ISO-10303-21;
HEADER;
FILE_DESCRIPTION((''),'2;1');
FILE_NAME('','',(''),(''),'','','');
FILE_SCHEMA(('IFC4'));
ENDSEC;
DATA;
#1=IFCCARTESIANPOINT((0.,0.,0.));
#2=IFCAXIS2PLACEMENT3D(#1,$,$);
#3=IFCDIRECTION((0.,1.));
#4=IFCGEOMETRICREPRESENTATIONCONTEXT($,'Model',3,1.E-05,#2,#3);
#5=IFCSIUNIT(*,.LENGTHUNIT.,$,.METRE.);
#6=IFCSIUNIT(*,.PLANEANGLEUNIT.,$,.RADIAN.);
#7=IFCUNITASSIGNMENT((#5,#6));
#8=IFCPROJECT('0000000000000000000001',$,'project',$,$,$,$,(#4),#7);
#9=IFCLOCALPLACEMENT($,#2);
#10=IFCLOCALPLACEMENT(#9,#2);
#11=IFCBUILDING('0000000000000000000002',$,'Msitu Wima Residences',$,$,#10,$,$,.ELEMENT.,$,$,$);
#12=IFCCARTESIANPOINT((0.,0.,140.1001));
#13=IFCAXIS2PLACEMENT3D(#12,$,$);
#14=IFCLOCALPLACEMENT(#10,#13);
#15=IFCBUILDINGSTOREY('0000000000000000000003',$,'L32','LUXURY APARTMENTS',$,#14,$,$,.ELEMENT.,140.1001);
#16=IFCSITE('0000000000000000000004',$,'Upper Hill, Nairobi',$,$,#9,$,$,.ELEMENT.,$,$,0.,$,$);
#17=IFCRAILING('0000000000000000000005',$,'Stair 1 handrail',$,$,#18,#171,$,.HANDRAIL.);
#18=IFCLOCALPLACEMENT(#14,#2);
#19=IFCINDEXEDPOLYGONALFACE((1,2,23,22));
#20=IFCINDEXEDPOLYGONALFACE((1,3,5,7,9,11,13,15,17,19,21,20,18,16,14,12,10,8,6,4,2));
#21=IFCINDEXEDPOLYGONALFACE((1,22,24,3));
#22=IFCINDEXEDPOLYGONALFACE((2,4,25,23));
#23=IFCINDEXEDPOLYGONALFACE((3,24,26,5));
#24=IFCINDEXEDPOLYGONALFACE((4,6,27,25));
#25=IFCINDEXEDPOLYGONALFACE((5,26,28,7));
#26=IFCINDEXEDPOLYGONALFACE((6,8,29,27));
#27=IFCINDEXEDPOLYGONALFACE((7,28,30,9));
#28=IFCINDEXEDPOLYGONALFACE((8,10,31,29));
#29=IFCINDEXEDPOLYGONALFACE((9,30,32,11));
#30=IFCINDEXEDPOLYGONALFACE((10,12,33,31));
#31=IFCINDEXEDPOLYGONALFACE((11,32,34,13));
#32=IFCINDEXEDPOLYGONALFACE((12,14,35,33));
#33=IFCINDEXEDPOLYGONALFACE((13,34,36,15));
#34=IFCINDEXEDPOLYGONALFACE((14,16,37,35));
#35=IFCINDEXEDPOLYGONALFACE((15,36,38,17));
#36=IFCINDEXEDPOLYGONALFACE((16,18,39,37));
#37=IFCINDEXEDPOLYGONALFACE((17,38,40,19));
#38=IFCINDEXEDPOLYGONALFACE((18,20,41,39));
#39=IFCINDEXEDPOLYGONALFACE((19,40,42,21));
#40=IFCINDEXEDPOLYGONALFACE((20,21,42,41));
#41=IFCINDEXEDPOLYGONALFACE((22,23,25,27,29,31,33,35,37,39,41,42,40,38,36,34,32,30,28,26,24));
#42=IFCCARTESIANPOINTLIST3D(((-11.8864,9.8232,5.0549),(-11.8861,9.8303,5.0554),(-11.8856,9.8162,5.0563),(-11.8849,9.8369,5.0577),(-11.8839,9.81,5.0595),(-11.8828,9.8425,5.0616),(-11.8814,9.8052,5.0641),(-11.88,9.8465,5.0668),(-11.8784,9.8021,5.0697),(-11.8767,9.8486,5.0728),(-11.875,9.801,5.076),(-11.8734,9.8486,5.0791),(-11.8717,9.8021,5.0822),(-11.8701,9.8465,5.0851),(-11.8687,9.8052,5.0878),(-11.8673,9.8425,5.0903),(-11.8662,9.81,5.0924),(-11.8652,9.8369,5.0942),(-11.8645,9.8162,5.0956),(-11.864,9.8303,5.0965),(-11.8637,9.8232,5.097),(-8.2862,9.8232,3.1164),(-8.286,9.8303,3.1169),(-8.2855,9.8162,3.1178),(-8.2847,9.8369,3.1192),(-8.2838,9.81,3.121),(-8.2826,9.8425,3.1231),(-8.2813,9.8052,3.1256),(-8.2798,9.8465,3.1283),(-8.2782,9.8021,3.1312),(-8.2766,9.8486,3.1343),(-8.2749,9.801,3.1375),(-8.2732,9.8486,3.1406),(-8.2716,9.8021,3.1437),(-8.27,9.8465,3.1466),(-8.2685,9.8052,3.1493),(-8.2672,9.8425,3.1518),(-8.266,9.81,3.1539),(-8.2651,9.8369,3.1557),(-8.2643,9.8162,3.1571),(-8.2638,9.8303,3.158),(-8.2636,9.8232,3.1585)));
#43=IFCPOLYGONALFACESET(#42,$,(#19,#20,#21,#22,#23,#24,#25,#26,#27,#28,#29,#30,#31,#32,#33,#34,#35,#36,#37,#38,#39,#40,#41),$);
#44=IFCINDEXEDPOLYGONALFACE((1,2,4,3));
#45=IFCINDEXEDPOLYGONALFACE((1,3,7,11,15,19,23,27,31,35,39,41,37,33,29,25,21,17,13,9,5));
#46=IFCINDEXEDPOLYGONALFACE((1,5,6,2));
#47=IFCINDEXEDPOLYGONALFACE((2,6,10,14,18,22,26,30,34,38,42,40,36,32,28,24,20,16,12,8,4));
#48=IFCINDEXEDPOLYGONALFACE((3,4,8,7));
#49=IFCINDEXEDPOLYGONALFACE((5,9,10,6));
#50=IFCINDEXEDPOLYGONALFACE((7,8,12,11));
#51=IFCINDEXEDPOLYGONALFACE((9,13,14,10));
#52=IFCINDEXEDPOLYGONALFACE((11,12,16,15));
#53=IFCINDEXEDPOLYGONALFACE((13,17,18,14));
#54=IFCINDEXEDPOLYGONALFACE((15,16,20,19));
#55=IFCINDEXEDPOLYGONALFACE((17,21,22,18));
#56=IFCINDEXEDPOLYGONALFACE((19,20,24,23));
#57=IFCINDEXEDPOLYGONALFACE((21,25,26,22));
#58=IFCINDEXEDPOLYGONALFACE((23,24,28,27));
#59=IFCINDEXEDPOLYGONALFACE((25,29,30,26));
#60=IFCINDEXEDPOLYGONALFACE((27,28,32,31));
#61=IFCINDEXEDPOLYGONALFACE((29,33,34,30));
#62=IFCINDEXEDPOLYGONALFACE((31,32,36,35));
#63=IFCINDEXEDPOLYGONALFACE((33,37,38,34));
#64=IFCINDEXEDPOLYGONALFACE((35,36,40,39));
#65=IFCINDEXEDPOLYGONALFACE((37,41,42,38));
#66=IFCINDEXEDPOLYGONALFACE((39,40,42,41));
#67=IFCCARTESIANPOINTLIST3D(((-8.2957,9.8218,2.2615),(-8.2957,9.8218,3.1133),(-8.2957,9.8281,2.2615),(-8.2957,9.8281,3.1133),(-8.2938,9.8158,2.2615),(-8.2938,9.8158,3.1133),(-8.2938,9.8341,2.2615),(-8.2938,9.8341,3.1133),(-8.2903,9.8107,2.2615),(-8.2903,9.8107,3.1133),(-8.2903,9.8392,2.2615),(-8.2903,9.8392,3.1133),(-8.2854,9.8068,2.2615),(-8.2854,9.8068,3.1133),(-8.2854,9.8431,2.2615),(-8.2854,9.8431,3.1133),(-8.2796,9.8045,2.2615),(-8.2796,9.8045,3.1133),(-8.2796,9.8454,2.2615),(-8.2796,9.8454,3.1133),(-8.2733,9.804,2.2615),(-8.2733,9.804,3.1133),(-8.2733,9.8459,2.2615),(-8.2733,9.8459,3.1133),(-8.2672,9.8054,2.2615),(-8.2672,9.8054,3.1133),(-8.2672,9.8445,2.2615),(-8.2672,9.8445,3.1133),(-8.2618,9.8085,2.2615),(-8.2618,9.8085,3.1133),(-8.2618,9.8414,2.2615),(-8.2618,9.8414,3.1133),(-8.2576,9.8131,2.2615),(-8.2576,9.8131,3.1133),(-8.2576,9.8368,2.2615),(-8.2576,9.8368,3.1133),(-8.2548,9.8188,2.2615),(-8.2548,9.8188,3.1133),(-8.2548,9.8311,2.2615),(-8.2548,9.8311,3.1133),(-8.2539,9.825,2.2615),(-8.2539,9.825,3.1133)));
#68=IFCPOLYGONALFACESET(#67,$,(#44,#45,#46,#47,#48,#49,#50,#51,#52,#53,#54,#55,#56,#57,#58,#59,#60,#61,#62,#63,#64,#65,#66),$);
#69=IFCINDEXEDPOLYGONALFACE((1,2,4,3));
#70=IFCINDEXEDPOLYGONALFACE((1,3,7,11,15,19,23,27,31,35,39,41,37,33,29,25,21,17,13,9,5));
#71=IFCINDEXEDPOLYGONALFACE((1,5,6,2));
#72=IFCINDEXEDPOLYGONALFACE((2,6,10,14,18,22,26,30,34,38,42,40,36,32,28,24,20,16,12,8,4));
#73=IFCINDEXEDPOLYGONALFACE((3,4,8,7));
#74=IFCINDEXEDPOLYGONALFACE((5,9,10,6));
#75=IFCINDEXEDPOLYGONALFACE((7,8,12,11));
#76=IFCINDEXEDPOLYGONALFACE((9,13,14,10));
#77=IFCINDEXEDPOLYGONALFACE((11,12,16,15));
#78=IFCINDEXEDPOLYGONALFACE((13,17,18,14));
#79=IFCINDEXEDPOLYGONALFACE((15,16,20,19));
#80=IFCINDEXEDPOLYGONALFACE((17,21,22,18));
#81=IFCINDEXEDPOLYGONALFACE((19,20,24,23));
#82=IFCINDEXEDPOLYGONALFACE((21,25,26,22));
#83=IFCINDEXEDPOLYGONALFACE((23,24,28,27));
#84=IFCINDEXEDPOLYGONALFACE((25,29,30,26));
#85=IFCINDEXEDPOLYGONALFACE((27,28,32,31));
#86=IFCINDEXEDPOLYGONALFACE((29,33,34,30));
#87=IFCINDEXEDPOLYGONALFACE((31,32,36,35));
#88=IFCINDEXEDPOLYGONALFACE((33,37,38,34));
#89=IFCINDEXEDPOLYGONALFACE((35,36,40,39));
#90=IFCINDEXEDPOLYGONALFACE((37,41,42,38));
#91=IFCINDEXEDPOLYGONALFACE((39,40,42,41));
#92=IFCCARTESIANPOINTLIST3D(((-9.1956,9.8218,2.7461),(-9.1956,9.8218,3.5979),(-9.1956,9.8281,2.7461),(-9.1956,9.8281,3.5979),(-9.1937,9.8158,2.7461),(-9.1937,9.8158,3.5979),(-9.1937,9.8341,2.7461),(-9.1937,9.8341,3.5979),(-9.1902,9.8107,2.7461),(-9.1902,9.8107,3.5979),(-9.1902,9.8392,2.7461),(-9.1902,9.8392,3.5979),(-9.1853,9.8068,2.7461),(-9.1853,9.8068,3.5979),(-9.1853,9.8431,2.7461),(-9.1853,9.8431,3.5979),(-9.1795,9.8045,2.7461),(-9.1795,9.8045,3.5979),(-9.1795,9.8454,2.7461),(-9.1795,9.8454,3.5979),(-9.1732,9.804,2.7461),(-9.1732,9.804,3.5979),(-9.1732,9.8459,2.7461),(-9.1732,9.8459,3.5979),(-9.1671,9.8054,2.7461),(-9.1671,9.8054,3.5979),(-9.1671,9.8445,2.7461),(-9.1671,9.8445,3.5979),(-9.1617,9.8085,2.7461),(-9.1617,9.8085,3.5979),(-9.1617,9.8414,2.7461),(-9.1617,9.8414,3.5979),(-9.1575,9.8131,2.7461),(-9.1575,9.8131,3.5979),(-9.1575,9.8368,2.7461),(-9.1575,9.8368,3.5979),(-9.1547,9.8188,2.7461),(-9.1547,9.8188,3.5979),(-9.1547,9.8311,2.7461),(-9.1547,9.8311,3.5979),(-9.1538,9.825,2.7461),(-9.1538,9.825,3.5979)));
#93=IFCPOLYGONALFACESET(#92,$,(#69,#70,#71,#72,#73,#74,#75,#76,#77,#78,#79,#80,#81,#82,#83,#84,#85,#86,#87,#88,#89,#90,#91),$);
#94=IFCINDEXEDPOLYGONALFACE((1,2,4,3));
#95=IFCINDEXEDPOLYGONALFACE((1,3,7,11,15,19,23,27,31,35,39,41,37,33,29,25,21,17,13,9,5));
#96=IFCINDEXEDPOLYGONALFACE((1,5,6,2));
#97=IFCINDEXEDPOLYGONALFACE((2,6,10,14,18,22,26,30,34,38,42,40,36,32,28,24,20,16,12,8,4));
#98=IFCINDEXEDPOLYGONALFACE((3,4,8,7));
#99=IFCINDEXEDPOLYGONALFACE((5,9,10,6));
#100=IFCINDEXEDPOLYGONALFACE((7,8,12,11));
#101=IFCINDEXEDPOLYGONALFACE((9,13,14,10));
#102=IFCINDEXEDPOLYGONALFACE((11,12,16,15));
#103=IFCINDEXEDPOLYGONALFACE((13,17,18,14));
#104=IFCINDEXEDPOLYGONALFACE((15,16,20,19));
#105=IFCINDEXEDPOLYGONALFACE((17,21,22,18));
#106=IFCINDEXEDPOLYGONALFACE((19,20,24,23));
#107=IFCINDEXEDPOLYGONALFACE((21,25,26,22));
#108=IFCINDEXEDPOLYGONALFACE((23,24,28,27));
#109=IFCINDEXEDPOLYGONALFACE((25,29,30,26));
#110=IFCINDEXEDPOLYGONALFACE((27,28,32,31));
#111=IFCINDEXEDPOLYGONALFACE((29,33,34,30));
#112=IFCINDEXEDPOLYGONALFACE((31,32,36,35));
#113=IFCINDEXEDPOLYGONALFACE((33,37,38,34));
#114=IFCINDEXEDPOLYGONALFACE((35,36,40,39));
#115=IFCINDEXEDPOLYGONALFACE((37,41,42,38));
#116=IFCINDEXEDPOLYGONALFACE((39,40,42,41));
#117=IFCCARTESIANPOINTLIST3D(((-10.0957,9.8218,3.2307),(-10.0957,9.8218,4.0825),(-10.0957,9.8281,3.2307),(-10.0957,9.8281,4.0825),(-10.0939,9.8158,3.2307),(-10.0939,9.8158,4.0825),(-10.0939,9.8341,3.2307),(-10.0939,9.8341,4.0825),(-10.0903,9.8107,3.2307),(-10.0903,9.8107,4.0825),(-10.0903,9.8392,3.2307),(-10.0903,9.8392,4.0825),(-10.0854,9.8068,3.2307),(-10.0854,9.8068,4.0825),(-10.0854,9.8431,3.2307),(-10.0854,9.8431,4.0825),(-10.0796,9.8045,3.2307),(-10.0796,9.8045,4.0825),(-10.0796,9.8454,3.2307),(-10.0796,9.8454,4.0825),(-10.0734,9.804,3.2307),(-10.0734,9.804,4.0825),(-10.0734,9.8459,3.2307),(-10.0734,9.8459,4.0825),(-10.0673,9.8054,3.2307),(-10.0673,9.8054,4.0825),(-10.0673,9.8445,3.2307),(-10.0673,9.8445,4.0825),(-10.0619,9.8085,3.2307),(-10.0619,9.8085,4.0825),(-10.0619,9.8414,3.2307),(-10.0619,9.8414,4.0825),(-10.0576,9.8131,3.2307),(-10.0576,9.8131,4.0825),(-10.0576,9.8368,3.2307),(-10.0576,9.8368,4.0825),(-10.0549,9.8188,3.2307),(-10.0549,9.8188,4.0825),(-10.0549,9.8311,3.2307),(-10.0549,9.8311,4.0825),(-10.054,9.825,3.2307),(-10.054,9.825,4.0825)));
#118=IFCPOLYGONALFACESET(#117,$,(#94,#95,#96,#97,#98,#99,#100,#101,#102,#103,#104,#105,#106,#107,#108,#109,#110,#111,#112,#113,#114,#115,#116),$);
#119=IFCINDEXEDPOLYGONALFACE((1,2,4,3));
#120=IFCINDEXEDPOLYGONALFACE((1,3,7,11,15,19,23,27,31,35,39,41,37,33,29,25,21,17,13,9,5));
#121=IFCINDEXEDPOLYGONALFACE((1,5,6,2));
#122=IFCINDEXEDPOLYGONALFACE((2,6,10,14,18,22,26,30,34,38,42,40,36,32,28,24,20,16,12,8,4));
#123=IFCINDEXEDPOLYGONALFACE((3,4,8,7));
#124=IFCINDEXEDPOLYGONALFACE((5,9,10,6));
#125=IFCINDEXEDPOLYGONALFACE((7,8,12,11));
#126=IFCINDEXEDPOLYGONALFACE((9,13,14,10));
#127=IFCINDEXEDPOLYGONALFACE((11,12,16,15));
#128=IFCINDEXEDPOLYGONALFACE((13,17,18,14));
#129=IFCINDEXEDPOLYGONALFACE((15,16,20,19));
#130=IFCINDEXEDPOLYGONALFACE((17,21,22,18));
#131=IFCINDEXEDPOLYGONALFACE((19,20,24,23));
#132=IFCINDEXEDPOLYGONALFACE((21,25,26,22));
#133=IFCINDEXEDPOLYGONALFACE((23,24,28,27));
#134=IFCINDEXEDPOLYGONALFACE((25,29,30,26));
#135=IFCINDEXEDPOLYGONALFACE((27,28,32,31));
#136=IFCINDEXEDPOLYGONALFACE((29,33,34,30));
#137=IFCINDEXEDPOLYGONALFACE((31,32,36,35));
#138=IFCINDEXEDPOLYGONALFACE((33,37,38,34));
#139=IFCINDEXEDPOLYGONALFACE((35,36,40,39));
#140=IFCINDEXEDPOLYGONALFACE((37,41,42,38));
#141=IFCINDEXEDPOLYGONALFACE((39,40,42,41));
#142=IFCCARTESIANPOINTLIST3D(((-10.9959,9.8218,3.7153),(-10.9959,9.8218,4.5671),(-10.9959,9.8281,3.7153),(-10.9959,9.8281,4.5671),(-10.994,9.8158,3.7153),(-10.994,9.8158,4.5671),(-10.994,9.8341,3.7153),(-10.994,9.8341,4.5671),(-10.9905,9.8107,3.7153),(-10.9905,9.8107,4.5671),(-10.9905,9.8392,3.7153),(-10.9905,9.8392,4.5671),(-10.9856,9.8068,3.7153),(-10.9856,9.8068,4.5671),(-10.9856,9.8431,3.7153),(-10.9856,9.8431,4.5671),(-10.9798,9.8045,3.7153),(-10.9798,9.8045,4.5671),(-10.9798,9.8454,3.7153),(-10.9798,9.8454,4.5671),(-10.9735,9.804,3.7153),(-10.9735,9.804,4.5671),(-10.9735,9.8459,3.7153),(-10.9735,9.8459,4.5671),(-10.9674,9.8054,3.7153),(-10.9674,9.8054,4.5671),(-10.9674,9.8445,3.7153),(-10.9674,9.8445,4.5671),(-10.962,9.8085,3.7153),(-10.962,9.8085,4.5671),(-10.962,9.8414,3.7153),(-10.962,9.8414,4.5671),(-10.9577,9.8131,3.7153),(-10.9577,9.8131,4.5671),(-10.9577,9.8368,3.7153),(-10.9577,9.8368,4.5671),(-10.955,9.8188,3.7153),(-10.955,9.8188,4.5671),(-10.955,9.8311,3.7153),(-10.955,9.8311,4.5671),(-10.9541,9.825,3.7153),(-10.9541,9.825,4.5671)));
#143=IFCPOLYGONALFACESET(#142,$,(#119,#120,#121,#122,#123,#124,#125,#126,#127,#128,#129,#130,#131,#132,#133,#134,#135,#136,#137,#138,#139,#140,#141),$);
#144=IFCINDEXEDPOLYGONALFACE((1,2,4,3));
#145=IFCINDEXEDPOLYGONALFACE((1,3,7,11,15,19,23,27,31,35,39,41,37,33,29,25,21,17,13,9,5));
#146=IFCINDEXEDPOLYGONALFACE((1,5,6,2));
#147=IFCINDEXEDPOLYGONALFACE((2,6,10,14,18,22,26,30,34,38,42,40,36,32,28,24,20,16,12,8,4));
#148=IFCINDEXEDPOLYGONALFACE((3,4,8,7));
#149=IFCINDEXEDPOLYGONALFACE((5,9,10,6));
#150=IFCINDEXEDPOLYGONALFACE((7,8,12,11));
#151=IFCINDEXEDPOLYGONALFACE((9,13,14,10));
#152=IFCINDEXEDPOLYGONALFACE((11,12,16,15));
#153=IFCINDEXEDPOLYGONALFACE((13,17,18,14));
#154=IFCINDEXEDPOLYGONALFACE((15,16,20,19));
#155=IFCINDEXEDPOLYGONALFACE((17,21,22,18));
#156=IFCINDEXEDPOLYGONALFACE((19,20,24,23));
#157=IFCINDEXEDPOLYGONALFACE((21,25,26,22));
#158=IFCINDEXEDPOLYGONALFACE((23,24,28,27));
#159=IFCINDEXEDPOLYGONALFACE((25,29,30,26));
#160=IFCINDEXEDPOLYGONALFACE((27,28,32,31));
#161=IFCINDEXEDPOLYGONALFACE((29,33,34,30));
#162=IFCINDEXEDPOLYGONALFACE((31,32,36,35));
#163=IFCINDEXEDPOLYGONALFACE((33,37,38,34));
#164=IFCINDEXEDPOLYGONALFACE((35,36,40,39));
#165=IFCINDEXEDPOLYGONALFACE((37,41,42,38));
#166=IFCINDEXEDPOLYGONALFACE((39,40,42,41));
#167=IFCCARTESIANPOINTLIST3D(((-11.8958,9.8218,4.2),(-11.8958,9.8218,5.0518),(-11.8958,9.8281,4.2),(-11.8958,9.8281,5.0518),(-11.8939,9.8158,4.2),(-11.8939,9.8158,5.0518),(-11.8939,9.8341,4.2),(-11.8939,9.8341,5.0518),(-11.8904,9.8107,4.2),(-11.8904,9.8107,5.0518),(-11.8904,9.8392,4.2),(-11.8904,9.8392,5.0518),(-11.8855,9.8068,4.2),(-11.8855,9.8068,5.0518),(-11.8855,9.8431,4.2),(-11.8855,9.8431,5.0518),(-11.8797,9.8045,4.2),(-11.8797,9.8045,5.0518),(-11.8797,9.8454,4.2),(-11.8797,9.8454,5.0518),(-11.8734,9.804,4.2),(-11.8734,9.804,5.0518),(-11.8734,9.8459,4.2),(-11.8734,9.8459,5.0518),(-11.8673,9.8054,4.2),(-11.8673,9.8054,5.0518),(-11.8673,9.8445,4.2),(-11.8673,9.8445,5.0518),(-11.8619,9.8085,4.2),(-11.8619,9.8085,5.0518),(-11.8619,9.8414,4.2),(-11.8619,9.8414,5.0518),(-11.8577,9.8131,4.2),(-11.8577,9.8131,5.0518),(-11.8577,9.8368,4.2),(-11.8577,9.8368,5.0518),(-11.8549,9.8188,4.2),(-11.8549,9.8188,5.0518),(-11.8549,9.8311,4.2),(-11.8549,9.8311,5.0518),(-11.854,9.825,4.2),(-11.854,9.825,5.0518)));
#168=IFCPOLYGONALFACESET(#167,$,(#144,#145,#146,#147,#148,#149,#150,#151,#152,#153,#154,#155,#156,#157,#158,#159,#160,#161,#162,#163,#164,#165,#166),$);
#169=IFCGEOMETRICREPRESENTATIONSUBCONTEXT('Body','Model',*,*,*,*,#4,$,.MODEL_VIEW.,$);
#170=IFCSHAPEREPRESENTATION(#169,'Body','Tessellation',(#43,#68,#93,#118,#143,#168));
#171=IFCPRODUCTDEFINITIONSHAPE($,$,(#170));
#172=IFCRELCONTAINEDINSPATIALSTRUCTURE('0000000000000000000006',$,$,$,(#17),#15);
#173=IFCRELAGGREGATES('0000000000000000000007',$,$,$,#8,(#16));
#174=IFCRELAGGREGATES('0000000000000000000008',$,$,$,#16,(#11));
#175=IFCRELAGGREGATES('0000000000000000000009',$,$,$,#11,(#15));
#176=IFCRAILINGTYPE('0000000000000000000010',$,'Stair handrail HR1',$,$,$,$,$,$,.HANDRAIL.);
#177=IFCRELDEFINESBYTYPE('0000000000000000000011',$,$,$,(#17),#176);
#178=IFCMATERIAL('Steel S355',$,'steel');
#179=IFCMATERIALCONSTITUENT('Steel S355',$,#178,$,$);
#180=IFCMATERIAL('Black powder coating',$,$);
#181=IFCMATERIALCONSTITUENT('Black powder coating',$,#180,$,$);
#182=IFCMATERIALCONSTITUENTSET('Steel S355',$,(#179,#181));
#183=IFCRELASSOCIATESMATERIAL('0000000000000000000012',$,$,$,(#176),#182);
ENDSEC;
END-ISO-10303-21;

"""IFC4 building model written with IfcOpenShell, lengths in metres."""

from ifc_helpers import new_model, si_unit, direction, frame, origin, origin_2d, place, context, subcontext, project, spatial, circle, extrude, material, constituent, constituent_set, type_object, element, save


model = new_model("IFC4")

# Units and contexts
model_context = context("Model", 3, precision=1e-05, world=origin(), true_north=direction((0.0, 1.0)))
body_context = subcontext(model_context, "Body", "Model", "MODEL_VIEW")
ifc_project = project(units=[si_unit("LENGTHUNIT", "METRE"), si_unit("PLANEANGLEUNIT", "RADIAN")], contexts=[model_context])

# Site, building, storey
site_placement = place(None, origin())
site = spatial("IfcSite", under=ifc_project, at=site_placement, Name="Upper Hill, Nairobi", CompositionType="ELEMENT", RefElevation=0.0)
building_placement = place(site_placement, origin())
building = spatial("IfcBuilding", under=site, at=building_placement, Name="Msitu Wima Residences", CompositionType="ELEMENT")
storey_placement = place(building_placement, frame((0.0, 0.0, 140.1001)))
storey = spatial("IfcBuildingStorey", under=building, at=storey_placement, Name="L32", Description="LUXURY APARTMENTS", CompositionType="ELEMENT", Elevation=140.1001)

# Railing
ifc_material_1 = material(Name="Steel S355", Category="steel")
ifc_constituent_1 = constituent(ifc_material_1, Name="Steel S355")
ifc_material_2 = material(Name="Black powder coating")
ifc_constituent_2 = constituent(ifc_material_2, Name="Black powder coating")
ifc_constituent_set = constituent_set(constituents=[ifc_constituent_1, ifc_constituent_2], Name="Steel S355")
railing_type = type_object("IfcRailingType", Name="Stair handrail HR1", PredefinedType="HANDRAIL", material=ifc_constituent_set)
railing_1_placement = place(storey_placement, frame((-8.2749, 9.825, 2.2615)))
element("IfcRailing", 1, at=railing_1_placement, inside=storey, type_object=railing_type, Name="Stair 1 handrail", PredefinedType="HANDRAIL", context=body_context, shape_type="SweptSolid", body=[
    extrude(circle(Radius=0.0239, at=origin_2d()), frame((0.0, 0.0, 0.876), z_axis=(-0.880475, 0.0, 0.474093), x_axis=(0.0, -1.0, 0.0)), (0.0, 0.0, 1.0), 4.0889),
    extrude(circle(Radius=0.021, at=origin_2d()), origin(), (0.0, 0.0, 1.0), 0.8518),
    extrude(circle(Radius=0.021, at=origin_2d()), frame((-0.8999, 0.0, 0.4846)), (0.0, 0.0, 1.0), 0.8518),
    extrude(circle(Radius=0.021, at=origin_2d()), frame((-1.8, 0.0, 0.9692)), (0.0, 0.0, 1.0), 0.8518),
    extrude(circle(Radius=0.021, at=origin_2d()), frame((-2.7002, 0.0, 1.4539)), (0.0, 0.0, 1.0), 0.8518),
    extrude(circle(Radius=0.021, at=origin_2d()), frame((-3.6001, 0.0, 1.9385)), (0.0, 0.0, 1.0), 0.8518),
])

save(model, "model.ifc")
